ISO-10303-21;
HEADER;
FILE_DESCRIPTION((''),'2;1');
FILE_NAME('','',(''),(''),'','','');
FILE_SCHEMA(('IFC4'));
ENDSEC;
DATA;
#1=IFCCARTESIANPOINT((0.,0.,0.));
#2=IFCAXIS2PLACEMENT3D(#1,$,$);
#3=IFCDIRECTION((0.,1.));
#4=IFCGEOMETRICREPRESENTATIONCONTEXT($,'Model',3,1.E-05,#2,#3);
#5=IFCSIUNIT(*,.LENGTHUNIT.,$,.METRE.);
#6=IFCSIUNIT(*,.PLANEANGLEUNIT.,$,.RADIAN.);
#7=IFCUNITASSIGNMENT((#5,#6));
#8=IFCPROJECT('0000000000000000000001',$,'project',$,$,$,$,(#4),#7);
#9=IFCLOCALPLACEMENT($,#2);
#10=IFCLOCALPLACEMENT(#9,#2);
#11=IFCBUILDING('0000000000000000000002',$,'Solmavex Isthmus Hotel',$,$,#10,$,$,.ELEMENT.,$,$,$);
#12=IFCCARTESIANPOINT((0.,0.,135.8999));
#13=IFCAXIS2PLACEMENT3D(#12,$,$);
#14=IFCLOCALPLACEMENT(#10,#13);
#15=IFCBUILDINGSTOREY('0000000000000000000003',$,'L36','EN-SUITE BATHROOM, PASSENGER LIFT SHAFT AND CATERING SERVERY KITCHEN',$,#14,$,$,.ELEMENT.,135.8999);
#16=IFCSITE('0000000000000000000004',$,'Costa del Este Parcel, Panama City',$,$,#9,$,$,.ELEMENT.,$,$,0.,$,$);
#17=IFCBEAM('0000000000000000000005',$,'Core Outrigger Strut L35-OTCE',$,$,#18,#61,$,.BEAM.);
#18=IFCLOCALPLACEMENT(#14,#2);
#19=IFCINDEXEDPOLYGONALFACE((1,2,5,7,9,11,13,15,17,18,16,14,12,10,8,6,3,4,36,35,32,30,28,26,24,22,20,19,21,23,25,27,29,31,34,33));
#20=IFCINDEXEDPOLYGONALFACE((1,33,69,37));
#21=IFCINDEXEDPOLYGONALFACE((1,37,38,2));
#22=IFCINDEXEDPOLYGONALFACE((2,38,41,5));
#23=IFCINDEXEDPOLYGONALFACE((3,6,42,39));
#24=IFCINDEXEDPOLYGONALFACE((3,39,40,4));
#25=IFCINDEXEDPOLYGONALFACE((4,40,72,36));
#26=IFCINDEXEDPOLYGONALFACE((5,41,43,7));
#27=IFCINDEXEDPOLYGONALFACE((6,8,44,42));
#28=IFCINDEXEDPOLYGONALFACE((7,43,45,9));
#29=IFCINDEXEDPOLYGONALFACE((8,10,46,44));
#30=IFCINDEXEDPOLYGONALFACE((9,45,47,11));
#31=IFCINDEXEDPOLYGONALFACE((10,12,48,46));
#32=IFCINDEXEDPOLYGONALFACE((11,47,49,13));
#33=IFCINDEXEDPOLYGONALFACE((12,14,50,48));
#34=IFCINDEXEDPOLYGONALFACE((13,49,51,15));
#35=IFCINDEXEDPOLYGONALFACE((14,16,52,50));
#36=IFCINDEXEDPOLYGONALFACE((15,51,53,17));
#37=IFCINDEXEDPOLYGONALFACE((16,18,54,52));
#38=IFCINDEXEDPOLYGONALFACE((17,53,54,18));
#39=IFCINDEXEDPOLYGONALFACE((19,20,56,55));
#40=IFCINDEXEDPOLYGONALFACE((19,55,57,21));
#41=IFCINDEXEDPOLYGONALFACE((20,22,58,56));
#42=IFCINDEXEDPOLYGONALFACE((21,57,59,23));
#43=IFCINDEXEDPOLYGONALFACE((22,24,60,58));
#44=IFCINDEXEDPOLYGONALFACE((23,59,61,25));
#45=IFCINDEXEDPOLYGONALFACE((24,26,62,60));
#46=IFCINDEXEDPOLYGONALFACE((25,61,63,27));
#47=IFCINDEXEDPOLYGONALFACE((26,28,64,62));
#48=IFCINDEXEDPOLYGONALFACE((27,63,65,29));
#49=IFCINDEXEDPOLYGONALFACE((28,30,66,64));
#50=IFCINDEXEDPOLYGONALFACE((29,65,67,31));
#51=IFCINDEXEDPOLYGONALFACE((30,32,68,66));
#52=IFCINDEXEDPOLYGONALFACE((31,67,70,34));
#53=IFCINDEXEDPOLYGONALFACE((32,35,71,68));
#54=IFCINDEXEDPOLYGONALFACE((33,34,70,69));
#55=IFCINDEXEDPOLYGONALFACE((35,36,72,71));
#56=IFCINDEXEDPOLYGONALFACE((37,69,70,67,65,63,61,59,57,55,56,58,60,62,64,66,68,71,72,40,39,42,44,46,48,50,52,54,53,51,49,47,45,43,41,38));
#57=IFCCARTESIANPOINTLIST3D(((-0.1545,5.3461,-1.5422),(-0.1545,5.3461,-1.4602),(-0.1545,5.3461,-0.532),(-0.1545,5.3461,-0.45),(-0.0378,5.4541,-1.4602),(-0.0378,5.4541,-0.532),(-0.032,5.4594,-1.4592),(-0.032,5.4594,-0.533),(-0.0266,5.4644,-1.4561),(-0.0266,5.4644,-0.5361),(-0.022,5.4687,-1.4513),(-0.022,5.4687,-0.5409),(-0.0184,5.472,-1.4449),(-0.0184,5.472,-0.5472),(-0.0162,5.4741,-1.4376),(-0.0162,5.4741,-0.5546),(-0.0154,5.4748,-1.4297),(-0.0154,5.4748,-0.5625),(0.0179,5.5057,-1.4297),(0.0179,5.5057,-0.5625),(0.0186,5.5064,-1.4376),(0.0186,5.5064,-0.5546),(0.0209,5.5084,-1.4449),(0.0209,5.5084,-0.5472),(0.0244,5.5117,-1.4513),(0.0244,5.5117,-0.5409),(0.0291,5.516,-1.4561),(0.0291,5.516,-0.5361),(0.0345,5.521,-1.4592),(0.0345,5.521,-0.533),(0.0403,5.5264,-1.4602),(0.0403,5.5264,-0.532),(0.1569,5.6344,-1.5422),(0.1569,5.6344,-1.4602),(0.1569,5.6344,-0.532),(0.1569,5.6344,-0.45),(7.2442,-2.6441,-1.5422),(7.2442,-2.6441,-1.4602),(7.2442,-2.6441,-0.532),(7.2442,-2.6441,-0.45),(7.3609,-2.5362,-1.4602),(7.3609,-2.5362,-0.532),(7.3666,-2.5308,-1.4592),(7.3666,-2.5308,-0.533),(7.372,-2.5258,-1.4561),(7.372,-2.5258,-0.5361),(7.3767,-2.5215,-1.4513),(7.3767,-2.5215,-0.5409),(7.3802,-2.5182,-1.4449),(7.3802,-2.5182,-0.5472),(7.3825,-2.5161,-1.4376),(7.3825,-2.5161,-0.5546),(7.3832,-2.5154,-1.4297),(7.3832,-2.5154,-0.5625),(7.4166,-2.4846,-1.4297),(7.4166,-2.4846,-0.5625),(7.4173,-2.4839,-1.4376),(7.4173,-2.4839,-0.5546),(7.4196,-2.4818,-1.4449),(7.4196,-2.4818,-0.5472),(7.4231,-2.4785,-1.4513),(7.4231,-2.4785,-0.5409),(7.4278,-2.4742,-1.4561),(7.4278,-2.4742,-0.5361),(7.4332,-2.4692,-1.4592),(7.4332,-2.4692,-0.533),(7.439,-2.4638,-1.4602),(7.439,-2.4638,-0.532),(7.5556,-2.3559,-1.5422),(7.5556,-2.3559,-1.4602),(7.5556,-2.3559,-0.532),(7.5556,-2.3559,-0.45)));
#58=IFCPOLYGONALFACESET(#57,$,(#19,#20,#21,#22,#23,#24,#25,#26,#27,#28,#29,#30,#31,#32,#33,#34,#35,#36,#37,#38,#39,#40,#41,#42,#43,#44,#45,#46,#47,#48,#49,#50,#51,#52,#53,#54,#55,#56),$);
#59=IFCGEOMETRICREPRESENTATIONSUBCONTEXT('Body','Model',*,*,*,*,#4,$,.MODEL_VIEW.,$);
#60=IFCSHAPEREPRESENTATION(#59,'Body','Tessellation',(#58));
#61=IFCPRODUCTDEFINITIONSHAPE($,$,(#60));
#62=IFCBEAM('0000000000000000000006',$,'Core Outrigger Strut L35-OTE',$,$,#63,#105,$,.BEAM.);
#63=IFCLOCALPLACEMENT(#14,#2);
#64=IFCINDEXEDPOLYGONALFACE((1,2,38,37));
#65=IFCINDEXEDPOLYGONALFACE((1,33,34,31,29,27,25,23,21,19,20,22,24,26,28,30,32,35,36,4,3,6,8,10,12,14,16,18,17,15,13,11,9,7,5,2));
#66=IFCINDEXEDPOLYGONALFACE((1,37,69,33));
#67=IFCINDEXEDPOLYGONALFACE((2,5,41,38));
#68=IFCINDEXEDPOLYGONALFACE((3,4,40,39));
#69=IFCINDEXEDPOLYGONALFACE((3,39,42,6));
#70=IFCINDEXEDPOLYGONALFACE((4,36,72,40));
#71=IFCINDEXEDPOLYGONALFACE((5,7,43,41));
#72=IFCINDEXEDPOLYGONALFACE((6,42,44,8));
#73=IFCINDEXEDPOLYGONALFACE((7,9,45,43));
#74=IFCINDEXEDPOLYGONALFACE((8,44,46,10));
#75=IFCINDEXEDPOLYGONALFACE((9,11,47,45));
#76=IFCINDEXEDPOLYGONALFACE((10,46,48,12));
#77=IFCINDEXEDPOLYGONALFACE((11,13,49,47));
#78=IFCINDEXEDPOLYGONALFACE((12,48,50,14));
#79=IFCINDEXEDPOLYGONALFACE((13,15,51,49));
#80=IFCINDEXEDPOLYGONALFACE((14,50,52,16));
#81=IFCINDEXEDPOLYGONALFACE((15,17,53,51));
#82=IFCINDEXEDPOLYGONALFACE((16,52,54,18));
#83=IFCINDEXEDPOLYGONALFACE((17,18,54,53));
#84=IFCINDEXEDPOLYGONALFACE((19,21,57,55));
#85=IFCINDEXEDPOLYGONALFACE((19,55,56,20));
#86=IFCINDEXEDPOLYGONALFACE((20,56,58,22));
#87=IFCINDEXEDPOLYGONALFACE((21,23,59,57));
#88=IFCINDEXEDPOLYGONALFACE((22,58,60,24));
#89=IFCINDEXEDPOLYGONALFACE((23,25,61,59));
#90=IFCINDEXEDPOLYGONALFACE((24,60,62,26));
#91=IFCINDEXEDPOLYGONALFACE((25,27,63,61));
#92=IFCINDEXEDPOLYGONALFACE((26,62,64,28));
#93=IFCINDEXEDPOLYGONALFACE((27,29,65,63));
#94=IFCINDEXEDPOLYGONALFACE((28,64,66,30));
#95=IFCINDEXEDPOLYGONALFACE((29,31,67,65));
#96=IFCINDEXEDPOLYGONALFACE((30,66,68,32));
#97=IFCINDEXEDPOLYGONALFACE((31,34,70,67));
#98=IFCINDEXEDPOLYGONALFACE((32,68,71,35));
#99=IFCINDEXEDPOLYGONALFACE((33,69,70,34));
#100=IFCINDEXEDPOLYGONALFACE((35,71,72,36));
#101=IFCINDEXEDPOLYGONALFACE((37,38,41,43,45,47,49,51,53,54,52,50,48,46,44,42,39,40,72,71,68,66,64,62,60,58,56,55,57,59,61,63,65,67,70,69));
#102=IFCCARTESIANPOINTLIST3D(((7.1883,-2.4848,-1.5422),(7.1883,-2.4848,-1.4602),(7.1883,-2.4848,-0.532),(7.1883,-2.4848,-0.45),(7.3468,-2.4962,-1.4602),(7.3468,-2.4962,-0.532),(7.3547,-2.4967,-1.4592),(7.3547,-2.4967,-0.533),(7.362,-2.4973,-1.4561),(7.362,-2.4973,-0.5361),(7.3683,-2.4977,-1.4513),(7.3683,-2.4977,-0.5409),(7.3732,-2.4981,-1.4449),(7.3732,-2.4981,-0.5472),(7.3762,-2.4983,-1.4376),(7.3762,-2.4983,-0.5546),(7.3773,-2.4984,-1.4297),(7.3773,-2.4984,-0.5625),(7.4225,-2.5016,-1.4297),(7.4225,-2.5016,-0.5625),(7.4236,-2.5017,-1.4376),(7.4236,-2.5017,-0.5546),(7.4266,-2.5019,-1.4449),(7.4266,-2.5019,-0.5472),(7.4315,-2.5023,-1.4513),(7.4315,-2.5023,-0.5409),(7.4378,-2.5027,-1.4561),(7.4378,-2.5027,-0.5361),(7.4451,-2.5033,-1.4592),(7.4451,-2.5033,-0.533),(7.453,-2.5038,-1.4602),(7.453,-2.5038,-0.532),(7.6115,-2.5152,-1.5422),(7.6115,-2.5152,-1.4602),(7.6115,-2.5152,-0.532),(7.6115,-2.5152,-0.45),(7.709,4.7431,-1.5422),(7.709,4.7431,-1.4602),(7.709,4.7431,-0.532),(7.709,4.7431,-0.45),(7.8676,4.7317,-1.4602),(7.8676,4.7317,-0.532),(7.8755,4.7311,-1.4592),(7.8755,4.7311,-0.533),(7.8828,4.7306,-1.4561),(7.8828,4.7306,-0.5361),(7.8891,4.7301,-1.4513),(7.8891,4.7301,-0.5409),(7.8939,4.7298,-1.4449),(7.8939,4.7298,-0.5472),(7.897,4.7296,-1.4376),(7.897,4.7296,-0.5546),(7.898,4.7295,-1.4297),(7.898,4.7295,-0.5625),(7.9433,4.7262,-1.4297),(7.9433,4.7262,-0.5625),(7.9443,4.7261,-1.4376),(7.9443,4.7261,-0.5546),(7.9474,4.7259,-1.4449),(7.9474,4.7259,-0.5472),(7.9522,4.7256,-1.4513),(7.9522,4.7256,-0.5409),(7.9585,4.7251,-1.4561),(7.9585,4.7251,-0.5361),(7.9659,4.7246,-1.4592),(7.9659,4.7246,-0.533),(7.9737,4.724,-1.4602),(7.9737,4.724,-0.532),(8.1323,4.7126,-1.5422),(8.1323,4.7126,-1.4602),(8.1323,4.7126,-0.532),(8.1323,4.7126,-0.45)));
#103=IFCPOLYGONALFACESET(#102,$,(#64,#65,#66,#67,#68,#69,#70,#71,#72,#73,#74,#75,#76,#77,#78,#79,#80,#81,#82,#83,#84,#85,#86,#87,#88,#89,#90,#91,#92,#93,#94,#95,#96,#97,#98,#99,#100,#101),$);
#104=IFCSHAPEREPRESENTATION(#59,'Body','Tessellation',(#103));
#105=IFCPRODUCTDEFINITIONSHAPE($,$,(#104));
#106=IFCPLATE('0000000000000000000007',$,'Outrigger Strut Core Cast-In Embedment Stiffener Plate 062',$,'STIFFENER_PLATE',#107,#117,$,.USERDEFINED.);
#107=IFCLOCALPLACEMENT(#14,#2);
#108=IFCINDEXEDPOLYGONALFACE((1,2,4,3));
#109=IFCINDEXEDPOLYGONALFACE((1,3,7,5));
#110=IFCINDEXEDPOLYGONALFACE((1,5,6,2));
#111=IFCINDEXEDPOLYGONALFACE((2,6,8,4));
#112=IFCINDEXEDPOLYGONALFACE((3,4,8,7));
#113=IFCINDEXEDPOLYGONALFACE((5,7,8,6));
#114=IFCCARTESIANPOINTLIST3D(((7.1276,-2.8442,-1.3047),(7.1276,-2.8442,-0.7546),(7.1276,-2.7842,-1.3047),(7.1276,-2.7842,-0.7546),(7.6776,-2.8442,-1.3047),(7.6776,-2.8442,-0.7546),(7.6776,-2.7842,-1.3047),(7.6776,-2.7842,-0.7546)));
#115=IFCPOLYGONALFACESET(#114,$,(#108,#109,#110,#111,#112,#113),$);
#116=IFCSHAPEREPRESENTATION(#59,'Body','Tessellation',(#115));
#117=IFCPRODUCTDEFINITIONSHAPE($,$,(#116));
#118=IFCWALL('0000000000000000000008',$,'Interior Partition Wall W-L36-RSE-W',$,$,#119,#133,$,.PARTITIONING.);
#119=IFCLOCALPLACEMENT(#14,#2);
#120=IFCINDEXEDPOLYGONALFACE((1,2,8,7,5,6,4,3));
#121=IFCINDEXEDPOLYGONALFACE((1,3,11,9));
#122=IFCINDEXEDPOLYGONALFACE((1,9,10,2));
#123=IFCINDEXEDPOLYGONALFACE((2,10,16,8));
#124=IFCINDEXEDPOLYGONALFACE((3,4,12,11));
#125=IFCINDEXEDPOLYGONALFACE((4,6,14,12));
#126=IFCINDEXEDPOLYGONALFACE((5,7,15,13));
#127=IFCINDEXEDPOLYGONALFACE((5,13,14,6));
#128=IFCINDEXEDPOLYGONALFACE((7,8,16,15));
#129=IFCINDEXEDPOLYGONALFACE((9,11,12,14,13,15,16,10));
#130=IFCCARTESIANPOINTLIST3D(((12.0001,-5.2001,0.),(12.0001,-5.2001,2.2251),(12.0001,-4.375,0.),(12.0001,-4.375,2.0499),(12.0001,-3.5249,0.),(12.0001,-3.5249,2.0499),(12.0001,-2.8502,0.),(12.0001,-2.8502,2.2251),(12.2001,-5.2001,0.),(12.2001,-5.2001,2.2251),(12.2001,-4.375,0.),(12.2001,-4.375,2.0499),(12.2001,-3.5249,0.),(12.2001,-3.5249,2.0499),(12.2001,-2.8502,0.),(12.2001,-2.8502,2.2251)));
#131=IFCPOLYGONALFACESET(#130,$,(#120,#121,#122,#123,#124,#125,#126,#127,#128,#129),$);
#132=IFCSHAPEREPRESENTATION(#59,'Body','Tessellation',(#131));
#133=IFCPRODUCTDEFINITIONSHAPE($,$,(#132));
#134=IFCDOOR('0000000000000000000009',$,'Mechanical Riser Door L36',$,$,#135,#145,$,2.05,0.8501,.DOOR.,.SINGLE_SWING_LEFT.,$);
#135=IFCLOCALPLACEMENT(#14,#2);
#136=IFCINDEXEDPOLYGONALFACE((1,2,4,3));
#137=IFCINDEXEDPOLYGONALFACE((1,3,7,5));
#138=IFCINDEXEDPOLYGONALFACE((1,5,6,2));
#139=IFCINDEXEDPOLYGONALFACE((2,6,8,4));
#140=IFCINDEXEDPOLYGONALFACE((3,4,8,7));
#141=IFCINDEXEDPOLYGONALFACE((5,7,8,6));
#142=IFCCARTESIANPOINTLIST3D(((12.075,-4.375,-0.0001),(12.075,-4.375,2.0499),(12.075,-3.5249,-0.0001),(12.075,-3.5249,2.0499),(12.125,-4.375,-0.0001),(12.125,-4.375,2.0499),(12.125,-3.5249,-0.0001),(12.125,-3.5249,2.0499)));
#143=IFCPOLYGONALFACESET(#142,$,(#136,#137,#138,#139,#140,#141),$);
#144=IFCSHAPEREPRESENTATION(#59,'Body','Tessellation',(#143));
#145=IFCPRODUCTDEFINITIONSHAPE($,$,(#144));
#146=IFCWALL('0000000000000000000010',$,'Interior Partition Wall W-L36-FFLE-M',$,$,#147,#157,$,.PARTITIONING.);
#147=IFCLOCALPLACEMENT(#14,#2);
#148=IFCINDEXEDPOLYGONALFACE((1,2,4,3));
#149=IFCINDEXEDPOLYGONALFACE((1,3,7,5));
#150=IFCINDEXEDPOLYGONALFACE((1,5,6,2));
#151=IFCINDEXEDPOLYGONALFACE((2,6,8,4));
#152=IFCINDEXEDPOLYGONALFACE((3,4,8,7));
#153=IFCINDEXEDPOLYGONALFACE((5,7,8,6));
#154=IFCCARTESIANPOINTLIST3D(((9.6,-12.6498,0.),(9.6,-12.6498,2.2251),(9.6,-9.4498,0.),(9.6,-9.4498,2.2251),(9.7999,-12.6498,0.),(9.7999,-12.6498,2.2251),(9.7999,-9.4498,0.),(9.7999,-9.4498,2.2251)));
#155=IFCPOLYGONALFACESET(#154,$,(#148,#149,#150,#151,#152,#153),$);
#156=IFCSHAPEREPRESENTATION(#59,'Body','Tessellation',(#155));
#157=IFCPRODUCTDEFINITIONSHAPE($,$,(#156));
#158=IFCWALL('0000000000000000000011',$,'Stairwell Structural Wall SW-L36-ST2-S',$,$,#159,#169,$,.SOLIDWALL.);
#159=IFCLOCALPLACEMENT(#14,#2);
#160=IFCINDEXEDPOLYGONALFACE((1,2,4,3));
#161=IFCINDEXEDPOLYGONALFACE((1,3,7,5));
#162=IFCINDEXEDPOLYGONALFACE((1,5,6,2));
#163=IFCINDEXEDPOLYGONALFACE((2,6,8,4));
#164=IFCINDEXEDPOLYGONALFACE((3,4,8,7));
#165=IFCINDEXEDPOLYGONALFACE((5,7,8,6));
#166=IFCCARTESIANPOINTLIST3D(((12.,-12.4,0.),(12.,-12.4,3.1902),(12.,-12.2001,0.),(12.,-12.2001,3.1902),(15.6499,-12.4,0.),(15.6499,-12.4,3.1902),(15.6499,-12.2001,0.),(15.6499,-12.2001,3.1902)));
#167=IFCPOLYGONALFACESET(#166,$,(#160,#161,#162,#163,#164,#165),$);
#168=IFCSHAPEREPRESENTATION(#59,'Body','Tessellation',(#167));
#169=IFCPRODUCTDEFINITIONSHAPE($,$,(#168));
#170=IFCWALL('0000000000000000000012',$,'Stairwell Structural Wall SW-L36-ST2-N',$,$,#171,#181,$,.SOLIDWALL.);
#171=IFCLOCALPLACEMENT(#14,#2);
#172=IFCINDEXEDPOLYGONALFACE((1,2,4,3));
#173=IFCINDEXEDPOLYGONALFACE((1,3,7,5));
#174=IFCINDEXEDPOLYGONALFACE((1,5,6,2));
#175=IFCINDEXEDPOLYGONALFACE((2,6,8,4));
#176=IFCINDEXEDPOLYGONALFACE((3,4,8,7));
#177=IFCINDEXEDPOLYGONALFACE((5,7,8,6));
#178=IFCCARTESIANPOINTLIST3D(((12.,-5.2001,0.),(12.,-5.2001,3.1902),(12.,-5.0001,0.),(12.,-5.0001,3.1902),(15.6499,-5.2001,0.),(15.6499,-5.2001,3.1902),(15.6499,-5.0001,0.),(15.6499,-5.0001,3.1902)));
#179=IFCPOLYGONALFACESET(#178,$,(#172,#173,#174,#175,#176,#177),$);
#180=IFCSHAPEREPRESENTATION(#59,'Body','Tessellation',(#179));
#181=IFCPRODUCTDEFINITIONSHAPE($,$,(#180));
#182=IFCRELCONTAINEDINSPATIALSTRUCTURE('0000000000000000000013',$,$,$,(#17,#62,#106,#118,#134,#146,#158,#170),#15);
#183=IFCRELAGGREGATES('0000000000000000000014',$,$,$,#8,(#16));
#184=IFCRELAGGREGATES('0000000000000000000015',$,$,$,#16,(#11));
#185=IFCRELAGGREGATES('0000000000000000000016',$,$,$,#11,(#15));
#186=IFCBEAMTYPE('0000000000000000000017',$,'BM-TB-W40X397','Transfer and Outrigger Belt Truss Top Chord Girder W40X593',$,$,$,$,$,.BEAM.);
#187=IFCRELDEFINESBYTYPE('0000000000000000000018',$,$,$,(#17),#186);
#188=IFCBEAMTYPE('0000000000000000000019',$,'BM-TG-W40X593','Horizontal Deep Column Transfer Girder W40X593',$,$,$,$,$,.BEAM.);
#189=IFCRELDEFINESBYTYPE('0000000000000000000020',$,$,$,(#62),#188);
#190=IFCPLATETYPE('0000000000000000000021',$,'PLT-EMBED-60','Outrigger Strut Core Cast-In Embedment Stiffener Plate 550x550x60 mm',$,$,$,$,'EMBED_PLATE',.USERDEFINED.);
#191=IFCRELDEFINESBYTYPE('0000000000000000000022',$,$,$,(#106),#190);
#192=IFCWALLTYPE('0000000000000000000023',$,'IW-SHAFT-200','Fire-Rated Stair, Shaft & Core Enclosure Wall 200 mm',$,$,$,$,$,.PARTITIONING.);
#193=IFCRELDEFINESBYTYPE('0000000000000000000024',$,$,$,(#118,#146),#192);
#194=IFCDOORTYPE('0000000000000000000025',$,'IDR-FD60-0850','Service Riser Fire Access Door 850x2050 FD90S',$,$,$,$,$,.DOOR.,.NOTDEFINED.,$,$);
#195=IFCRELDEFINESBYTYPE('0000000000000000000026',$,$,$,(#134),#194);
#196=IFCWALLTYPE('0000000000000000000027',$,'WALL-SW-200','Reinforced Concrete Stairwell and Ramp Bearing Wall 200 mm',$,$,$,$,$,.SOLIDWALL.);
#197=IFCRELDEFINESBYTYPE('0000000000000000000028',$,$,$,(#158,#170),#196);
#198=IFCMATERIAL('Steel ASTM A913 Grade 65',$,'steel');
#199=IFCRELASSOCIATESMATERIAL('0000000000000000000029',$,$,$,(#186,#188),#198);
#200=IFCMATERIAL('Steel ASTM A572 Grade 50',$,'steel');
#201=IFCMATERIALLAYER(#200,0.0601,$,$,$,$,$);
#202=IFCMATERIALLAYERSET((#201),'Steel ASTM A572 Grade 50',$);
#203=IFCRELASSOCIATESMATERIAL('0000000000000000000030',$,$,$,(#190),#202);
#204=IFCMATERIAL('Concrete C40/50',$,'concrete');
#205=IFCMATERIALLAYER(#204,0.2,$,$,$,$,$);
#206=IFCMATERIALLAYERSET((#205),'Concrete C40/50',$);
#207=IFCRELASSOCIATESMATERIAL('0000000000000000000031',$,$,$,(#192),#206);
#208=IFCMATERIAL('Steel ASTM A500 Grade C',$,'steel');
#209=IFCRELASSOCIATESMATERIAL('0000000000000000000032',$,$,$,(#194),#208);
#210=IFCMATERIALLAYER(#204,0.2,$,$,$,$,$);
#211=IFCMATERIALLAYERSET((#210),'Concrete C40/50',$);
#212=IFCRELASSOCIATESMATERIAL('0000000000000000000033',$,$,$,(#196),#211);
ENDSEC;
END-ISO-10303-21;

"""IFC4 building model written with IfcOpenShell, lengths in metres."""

from ifc_helpers import new_model, si_unit, direction, frame, frame_2d, origin, origin_2d, place, context, subcontext, project, spatial, rectangle, i_section, extrude, material, layer, layer_set, material_profile, profile_set, type_object, element, fill, save


model = new_model("IFC4")

# Units and contexts
model_context = context("Model", 3, precision=1e-05, world=origin(), true_north=direction((0.0, 1.0)))
body_context = subcontext(model_context, "Body", "Model", "MODEL_VIEW")
ifc_project = project(units=[si_unit("LENGTHUNIT", "METRE"), si_unit("PLANEANGLEUNIT", "RADIAN")], contexts=[model_context])

# Site, building, storey
site_placement = place(None, origin())
site = spatial("IfcSite", under=ifc_project, at=site_placement, Name="Costa del Este Parcel, Panama City", CompositionType="ELEMENT", RefElevation=0.0)
building_placement = place(site_placement, origin())
building = spatial("IfcBuilding", under=site, at=building_placement, Name="Solmavex Isthmus Hotel", CompositionType="ELEMENT")
storey_placement = place(building_placement, frame((0.0, 0.0, 135.8999)))
storey = spatial("IfcBuildingStorey", under=building, at=storey_placement, Name="L36", Description="EN-SUITE BATHROOM, PASSENGER LIFT SHAFT AND CATERING SERVERY KITCHEN", CompositionType="ELEMENT", Elevation=135.8999)

# Beams
ifc_material_1 = material(Name="Steel ASTM A913 Grade 65", Category="steel")
ifc_material_profile_1 = material_profile(ifc_material_1, i_section(OverallWidth=0.4243, OverallDepth=1.0923, WebThickness=0.0454, FlangeThickness=0.082, FilletRadius=0.0305, at=origin_2d()), Name="W40X593")
ifc_profile_set_1 = profile_set([ifc_material_profile_1], Name="Steel ASTM A913 Grade 65")
beam_type_1 = type_object("IfcBeamType", Name="BM-TB-W40X397", Description="Transfer and Outrigger Belt Truss Top Chord Girder W40X593", PredefinedType="BEAM", material=ifc_profile_set_1)
beam_1_placement = place(storey_placement, frame((7.3999, -2.5, -0.9961), z_axis=(-0.679424, 0.733746, 0.0), x_axis=(-0.733746, -0.679424, 0.0)))
element("IfcBeam", 1, at=beam_1_placement, inside=storey, type_object=beam_type_1, Name="Core Outrigger Strut L35-OTCE", PredefinedType="BEAM", context=body_context, shape_type="SweptSolid", body=[
    extrude(i_section(OverallWidth=0.4243, OverallDepth=1.0923, WebThickness=0.0454, FlangeThickness=0.082, FilletRadius=0.0305, at=origin_2d()), origin(), (0.0, 0.0, 1.0), 10.8896),
])
ifc_material_profile_2 = material_profile(ifc_material_1, i_section(OverallWidth=0.4243, OverallDepth=1.0923, WebThickness=0.0454, FlangeThickness=0.082, FilletRadius=0.0305, at=origin_2d()), Name="W40X593")
ifc_profile_set_2 = profile_set([ifc_material_profile_2], Name="Steel ASTM A913 Grade 65")
beam_type_2 = type_object("IfcBeamType", Name="BM-TG-W40X593", Description="Horizontal Deep Column Transfer Girder W40X593", PredefinedType="BEAM", material=ifc_profile_set_2)
beam_2_placement = place(storey_placement, frame((7.3999, -2.5, -0.9961), z_axis=(0.071862, 0.997415, 0.0), x_axis=(-0.997415, 0.071862, 0.0)))
element("IfcBeam", 2, at=beam_2_placement, inside=storey, type_object=beam_type_2, Name="Core Outrigger Strut L35-OTE", PredefinedType="BEAM", context=body_context, shape_type="SweptSolid", body=[
    extrude(i_section(OverallWidth=0.4243, OverallDepth=1.0923, WebThickness=0.0454, FlangeThickness=0.082, FilletRadius=0.0305, at=origin_2d()), origin(), (0.0, 0.0, 1.0), 7.2466),
])

# Plate
ifc_material_2 = material(Name="Steel ASTM A572 Grade 50", Category="steel")
ifc_layer_1 = layer(ifc_material_2, 0.0601)
ifc_layer_set_1 = layer_set([ifc_layer_1], Name="Steel ASTM A572 Grade 50")
plate_type = type_object("IfcPlateType", Name="PLT-EMBED-60", Description="Outrigger Strut Core Cast-In Embedment Stiffener Plate 550x550x60 mm", ElementType="EMBED_PLATE", PredefinedType="USERDEFINED", material=ifc_layer_set_1)
plate_placement = place(storey_placement, frame((7.4026, -2.8142, -1.3047), z_axis=(0.0, 0.0, 1.0), x_axis=(1.0, 0.0, 0.0)))
element("IfcPlate", 3, at=plate_placement, inside=storey, type_object=plate_type, Name="Outrigger Strut Core Cast-In Embedment Stiffener Plate 062", ObjectType="STIFFENER_PLATE", PredefinedType="USERDEFINED", context=body_context, shape_type="SweptSolid", body=[
    extrude(rectangle(XDim=0.55, YDim=0.0601, at=origin_2d()), origin(), (0.0, 0.0, 1.0), 0.55),
])

# Wall, opening, door
ifc_material_3 = material(Name="Concrete C40/50", Category="concrete")
ifc_layer_2 = layer(ifc_material_3, 0.2)
ifc_layer_set_2 = layer_set([ifc_layer_2], Name="Concrete C40/50")
wall_type_1 = type_object("IfcWallType", Name="IW-SHAFT-200", Description="Fire-Rated Stair, Shaft & Core Enclosure Wall 200 mm", PredefinedType="PARTITIONING", material=ifc_layer_set_2)
wall_1_placement = place(storey_placement, frame((12.1001, -5.2, 0.0), z_axis=(0.0, 0.0, 1.0), x_axis=(0.0, 1.0, 0.0)))
wall_1 = element("IfcWall", 4, at=wall_1_placement, inside=storey, type_object=wall_type_1, Name="Interior Partition Wall W-L36-RSE-W", PredefinedType="PARTITIONING", context=body_context, shape_type="SweptSolid", body=[
    extrude(rectangle(XDim=2.3499, YDim=0.2, at=frame_2d((1.1748, 0.0))), origin(), (0.0, 0.0, 1.0), 2.2251),
])
opening_1_placement = place(wall_1_placement, frame((0.825, 0.0, 0.0)))
opening_1 = element("IfcOpeningElement", 5, at=opening_1_placement, cuts=wall_1, PredefinedType="OPENING", context=body_context, shape_type="SweptSolid", body=[
    extrude(rectangle(XDim=0.8501, YDim=2.05, at=frame_2d((0.425, 1.0249))), frame((0.0, 0.1099, 0.0), z_axis=(0.0, -1.0, 0.0), x_axis=(1.0, 0.0, 0.0)), (0.0, 0.0, 1.0), 0.22),
])
ifc_material_4 = material(Name="Steel ASTM A500 Grade C", Category="steel")
door_type_1 = type_object("IfcDoorType", Name="IDR-FD60-0850", Description="Service Riser Fire Access Door 850x2050 FD90S", OperationType="NOTDEFINED", PredefinedType="DOOR", material=ifc_material_4)
door_1_placement = place(opening_1_placement, frame((0.8501, 0.0, 0.0), z_axis=(0.0, 0.0, 1.0), x_axis=(-1.0, 0.0, 0.0)))
door_1 = element("IfcDoor", 6, at=door_1_placement, inside=storey, type_object=door_type_1, Name="Mechanical Riser Door L36", OperationType="SINGLE_SWING_LEFT", OverallHeight=2.05, OverallWidth=0.8501, PredefinedType="DOOR", context=body_context, shape_type="SweptSolid", body=[
    extrude(rectangle(XDim=0.8501, YDim=2.05, at=frame_2d((0.425, 1.0249))), frame((0.0, 0.0249, 0.0), z_axis=(0.0, -1.0, 0.0), x_axis=(1.0, 0.0, 0.0)), (0.0, 0.0, 1.0), 0.05),
])
fill(opening_1, door_1)

# Walls
wall_2_placement = place(storey_placement, frame((9.7, -12.6499, 0.0), z_axis=(0.0, 0.0, 1.0), x_axis=(0.0, 1.0, 0.0)))
element("IfcWall", 7, at=wall_2_placement, inside=storey, type_object=wall_type_1, Name="Interior Partition Wall W-L36-FFLE-M", PredefinedType="PARTITIONING", context=body_context, shape_type="SweptSolid", body=[
    extrude(rectangle(XDim=3.2, YDim=0.2, at=frame_2d((1.6001, 0.0))), origin(), (0.0, 0.0, 1.0), 2.2251),
])
ifc_layer_3 = layer(ifc_material_3, 0.2)
ifc_layer_set_3 = layer_set([ifc_layer_3], Name="Concrete C40/50")
wall_type_2 = type_object("IfcWallType", Name="WALL-SW-200", Description="Reinforced Concrete Stairwell and Ramp Bearing Wall 200 mm", PredefinedType="SOLIDWALL", material=ifc_layer_set_3)
for number, where, z_axis, x_axis, name in (
    (8, (12.0, -12.3, 0.0), (0.0, 0.0, 1.0), (1.0, 0.0, 0.0), "Stairwell Structural Wall SW-L36-ST2-S"),
    (9, (12.0, -5.1001, 0.0), (0.0, 0.0, 1.0), (1.0, 0.0, 0.0), "Stairwell Structural Wall SW-L36-ST2-N"),
):
    element("IfcWall", number, at=place(storey_placement, frame(where, z_axis=z_axis, x_axis=x_axis)), inside=storey, type_object=wall_type_2, Name=name, PredefinedType="SOLIDWALL", context=body_context, shape_type="SweptSolid", body=[
        extrude(rectangle(XDim=3.6499, YDim=0.2, at=frame_2d((1.825, 0.0))), origin(), (0.0, 0.0, 1.0), 3.1902),
    ])

save(model, "model.ifc")
